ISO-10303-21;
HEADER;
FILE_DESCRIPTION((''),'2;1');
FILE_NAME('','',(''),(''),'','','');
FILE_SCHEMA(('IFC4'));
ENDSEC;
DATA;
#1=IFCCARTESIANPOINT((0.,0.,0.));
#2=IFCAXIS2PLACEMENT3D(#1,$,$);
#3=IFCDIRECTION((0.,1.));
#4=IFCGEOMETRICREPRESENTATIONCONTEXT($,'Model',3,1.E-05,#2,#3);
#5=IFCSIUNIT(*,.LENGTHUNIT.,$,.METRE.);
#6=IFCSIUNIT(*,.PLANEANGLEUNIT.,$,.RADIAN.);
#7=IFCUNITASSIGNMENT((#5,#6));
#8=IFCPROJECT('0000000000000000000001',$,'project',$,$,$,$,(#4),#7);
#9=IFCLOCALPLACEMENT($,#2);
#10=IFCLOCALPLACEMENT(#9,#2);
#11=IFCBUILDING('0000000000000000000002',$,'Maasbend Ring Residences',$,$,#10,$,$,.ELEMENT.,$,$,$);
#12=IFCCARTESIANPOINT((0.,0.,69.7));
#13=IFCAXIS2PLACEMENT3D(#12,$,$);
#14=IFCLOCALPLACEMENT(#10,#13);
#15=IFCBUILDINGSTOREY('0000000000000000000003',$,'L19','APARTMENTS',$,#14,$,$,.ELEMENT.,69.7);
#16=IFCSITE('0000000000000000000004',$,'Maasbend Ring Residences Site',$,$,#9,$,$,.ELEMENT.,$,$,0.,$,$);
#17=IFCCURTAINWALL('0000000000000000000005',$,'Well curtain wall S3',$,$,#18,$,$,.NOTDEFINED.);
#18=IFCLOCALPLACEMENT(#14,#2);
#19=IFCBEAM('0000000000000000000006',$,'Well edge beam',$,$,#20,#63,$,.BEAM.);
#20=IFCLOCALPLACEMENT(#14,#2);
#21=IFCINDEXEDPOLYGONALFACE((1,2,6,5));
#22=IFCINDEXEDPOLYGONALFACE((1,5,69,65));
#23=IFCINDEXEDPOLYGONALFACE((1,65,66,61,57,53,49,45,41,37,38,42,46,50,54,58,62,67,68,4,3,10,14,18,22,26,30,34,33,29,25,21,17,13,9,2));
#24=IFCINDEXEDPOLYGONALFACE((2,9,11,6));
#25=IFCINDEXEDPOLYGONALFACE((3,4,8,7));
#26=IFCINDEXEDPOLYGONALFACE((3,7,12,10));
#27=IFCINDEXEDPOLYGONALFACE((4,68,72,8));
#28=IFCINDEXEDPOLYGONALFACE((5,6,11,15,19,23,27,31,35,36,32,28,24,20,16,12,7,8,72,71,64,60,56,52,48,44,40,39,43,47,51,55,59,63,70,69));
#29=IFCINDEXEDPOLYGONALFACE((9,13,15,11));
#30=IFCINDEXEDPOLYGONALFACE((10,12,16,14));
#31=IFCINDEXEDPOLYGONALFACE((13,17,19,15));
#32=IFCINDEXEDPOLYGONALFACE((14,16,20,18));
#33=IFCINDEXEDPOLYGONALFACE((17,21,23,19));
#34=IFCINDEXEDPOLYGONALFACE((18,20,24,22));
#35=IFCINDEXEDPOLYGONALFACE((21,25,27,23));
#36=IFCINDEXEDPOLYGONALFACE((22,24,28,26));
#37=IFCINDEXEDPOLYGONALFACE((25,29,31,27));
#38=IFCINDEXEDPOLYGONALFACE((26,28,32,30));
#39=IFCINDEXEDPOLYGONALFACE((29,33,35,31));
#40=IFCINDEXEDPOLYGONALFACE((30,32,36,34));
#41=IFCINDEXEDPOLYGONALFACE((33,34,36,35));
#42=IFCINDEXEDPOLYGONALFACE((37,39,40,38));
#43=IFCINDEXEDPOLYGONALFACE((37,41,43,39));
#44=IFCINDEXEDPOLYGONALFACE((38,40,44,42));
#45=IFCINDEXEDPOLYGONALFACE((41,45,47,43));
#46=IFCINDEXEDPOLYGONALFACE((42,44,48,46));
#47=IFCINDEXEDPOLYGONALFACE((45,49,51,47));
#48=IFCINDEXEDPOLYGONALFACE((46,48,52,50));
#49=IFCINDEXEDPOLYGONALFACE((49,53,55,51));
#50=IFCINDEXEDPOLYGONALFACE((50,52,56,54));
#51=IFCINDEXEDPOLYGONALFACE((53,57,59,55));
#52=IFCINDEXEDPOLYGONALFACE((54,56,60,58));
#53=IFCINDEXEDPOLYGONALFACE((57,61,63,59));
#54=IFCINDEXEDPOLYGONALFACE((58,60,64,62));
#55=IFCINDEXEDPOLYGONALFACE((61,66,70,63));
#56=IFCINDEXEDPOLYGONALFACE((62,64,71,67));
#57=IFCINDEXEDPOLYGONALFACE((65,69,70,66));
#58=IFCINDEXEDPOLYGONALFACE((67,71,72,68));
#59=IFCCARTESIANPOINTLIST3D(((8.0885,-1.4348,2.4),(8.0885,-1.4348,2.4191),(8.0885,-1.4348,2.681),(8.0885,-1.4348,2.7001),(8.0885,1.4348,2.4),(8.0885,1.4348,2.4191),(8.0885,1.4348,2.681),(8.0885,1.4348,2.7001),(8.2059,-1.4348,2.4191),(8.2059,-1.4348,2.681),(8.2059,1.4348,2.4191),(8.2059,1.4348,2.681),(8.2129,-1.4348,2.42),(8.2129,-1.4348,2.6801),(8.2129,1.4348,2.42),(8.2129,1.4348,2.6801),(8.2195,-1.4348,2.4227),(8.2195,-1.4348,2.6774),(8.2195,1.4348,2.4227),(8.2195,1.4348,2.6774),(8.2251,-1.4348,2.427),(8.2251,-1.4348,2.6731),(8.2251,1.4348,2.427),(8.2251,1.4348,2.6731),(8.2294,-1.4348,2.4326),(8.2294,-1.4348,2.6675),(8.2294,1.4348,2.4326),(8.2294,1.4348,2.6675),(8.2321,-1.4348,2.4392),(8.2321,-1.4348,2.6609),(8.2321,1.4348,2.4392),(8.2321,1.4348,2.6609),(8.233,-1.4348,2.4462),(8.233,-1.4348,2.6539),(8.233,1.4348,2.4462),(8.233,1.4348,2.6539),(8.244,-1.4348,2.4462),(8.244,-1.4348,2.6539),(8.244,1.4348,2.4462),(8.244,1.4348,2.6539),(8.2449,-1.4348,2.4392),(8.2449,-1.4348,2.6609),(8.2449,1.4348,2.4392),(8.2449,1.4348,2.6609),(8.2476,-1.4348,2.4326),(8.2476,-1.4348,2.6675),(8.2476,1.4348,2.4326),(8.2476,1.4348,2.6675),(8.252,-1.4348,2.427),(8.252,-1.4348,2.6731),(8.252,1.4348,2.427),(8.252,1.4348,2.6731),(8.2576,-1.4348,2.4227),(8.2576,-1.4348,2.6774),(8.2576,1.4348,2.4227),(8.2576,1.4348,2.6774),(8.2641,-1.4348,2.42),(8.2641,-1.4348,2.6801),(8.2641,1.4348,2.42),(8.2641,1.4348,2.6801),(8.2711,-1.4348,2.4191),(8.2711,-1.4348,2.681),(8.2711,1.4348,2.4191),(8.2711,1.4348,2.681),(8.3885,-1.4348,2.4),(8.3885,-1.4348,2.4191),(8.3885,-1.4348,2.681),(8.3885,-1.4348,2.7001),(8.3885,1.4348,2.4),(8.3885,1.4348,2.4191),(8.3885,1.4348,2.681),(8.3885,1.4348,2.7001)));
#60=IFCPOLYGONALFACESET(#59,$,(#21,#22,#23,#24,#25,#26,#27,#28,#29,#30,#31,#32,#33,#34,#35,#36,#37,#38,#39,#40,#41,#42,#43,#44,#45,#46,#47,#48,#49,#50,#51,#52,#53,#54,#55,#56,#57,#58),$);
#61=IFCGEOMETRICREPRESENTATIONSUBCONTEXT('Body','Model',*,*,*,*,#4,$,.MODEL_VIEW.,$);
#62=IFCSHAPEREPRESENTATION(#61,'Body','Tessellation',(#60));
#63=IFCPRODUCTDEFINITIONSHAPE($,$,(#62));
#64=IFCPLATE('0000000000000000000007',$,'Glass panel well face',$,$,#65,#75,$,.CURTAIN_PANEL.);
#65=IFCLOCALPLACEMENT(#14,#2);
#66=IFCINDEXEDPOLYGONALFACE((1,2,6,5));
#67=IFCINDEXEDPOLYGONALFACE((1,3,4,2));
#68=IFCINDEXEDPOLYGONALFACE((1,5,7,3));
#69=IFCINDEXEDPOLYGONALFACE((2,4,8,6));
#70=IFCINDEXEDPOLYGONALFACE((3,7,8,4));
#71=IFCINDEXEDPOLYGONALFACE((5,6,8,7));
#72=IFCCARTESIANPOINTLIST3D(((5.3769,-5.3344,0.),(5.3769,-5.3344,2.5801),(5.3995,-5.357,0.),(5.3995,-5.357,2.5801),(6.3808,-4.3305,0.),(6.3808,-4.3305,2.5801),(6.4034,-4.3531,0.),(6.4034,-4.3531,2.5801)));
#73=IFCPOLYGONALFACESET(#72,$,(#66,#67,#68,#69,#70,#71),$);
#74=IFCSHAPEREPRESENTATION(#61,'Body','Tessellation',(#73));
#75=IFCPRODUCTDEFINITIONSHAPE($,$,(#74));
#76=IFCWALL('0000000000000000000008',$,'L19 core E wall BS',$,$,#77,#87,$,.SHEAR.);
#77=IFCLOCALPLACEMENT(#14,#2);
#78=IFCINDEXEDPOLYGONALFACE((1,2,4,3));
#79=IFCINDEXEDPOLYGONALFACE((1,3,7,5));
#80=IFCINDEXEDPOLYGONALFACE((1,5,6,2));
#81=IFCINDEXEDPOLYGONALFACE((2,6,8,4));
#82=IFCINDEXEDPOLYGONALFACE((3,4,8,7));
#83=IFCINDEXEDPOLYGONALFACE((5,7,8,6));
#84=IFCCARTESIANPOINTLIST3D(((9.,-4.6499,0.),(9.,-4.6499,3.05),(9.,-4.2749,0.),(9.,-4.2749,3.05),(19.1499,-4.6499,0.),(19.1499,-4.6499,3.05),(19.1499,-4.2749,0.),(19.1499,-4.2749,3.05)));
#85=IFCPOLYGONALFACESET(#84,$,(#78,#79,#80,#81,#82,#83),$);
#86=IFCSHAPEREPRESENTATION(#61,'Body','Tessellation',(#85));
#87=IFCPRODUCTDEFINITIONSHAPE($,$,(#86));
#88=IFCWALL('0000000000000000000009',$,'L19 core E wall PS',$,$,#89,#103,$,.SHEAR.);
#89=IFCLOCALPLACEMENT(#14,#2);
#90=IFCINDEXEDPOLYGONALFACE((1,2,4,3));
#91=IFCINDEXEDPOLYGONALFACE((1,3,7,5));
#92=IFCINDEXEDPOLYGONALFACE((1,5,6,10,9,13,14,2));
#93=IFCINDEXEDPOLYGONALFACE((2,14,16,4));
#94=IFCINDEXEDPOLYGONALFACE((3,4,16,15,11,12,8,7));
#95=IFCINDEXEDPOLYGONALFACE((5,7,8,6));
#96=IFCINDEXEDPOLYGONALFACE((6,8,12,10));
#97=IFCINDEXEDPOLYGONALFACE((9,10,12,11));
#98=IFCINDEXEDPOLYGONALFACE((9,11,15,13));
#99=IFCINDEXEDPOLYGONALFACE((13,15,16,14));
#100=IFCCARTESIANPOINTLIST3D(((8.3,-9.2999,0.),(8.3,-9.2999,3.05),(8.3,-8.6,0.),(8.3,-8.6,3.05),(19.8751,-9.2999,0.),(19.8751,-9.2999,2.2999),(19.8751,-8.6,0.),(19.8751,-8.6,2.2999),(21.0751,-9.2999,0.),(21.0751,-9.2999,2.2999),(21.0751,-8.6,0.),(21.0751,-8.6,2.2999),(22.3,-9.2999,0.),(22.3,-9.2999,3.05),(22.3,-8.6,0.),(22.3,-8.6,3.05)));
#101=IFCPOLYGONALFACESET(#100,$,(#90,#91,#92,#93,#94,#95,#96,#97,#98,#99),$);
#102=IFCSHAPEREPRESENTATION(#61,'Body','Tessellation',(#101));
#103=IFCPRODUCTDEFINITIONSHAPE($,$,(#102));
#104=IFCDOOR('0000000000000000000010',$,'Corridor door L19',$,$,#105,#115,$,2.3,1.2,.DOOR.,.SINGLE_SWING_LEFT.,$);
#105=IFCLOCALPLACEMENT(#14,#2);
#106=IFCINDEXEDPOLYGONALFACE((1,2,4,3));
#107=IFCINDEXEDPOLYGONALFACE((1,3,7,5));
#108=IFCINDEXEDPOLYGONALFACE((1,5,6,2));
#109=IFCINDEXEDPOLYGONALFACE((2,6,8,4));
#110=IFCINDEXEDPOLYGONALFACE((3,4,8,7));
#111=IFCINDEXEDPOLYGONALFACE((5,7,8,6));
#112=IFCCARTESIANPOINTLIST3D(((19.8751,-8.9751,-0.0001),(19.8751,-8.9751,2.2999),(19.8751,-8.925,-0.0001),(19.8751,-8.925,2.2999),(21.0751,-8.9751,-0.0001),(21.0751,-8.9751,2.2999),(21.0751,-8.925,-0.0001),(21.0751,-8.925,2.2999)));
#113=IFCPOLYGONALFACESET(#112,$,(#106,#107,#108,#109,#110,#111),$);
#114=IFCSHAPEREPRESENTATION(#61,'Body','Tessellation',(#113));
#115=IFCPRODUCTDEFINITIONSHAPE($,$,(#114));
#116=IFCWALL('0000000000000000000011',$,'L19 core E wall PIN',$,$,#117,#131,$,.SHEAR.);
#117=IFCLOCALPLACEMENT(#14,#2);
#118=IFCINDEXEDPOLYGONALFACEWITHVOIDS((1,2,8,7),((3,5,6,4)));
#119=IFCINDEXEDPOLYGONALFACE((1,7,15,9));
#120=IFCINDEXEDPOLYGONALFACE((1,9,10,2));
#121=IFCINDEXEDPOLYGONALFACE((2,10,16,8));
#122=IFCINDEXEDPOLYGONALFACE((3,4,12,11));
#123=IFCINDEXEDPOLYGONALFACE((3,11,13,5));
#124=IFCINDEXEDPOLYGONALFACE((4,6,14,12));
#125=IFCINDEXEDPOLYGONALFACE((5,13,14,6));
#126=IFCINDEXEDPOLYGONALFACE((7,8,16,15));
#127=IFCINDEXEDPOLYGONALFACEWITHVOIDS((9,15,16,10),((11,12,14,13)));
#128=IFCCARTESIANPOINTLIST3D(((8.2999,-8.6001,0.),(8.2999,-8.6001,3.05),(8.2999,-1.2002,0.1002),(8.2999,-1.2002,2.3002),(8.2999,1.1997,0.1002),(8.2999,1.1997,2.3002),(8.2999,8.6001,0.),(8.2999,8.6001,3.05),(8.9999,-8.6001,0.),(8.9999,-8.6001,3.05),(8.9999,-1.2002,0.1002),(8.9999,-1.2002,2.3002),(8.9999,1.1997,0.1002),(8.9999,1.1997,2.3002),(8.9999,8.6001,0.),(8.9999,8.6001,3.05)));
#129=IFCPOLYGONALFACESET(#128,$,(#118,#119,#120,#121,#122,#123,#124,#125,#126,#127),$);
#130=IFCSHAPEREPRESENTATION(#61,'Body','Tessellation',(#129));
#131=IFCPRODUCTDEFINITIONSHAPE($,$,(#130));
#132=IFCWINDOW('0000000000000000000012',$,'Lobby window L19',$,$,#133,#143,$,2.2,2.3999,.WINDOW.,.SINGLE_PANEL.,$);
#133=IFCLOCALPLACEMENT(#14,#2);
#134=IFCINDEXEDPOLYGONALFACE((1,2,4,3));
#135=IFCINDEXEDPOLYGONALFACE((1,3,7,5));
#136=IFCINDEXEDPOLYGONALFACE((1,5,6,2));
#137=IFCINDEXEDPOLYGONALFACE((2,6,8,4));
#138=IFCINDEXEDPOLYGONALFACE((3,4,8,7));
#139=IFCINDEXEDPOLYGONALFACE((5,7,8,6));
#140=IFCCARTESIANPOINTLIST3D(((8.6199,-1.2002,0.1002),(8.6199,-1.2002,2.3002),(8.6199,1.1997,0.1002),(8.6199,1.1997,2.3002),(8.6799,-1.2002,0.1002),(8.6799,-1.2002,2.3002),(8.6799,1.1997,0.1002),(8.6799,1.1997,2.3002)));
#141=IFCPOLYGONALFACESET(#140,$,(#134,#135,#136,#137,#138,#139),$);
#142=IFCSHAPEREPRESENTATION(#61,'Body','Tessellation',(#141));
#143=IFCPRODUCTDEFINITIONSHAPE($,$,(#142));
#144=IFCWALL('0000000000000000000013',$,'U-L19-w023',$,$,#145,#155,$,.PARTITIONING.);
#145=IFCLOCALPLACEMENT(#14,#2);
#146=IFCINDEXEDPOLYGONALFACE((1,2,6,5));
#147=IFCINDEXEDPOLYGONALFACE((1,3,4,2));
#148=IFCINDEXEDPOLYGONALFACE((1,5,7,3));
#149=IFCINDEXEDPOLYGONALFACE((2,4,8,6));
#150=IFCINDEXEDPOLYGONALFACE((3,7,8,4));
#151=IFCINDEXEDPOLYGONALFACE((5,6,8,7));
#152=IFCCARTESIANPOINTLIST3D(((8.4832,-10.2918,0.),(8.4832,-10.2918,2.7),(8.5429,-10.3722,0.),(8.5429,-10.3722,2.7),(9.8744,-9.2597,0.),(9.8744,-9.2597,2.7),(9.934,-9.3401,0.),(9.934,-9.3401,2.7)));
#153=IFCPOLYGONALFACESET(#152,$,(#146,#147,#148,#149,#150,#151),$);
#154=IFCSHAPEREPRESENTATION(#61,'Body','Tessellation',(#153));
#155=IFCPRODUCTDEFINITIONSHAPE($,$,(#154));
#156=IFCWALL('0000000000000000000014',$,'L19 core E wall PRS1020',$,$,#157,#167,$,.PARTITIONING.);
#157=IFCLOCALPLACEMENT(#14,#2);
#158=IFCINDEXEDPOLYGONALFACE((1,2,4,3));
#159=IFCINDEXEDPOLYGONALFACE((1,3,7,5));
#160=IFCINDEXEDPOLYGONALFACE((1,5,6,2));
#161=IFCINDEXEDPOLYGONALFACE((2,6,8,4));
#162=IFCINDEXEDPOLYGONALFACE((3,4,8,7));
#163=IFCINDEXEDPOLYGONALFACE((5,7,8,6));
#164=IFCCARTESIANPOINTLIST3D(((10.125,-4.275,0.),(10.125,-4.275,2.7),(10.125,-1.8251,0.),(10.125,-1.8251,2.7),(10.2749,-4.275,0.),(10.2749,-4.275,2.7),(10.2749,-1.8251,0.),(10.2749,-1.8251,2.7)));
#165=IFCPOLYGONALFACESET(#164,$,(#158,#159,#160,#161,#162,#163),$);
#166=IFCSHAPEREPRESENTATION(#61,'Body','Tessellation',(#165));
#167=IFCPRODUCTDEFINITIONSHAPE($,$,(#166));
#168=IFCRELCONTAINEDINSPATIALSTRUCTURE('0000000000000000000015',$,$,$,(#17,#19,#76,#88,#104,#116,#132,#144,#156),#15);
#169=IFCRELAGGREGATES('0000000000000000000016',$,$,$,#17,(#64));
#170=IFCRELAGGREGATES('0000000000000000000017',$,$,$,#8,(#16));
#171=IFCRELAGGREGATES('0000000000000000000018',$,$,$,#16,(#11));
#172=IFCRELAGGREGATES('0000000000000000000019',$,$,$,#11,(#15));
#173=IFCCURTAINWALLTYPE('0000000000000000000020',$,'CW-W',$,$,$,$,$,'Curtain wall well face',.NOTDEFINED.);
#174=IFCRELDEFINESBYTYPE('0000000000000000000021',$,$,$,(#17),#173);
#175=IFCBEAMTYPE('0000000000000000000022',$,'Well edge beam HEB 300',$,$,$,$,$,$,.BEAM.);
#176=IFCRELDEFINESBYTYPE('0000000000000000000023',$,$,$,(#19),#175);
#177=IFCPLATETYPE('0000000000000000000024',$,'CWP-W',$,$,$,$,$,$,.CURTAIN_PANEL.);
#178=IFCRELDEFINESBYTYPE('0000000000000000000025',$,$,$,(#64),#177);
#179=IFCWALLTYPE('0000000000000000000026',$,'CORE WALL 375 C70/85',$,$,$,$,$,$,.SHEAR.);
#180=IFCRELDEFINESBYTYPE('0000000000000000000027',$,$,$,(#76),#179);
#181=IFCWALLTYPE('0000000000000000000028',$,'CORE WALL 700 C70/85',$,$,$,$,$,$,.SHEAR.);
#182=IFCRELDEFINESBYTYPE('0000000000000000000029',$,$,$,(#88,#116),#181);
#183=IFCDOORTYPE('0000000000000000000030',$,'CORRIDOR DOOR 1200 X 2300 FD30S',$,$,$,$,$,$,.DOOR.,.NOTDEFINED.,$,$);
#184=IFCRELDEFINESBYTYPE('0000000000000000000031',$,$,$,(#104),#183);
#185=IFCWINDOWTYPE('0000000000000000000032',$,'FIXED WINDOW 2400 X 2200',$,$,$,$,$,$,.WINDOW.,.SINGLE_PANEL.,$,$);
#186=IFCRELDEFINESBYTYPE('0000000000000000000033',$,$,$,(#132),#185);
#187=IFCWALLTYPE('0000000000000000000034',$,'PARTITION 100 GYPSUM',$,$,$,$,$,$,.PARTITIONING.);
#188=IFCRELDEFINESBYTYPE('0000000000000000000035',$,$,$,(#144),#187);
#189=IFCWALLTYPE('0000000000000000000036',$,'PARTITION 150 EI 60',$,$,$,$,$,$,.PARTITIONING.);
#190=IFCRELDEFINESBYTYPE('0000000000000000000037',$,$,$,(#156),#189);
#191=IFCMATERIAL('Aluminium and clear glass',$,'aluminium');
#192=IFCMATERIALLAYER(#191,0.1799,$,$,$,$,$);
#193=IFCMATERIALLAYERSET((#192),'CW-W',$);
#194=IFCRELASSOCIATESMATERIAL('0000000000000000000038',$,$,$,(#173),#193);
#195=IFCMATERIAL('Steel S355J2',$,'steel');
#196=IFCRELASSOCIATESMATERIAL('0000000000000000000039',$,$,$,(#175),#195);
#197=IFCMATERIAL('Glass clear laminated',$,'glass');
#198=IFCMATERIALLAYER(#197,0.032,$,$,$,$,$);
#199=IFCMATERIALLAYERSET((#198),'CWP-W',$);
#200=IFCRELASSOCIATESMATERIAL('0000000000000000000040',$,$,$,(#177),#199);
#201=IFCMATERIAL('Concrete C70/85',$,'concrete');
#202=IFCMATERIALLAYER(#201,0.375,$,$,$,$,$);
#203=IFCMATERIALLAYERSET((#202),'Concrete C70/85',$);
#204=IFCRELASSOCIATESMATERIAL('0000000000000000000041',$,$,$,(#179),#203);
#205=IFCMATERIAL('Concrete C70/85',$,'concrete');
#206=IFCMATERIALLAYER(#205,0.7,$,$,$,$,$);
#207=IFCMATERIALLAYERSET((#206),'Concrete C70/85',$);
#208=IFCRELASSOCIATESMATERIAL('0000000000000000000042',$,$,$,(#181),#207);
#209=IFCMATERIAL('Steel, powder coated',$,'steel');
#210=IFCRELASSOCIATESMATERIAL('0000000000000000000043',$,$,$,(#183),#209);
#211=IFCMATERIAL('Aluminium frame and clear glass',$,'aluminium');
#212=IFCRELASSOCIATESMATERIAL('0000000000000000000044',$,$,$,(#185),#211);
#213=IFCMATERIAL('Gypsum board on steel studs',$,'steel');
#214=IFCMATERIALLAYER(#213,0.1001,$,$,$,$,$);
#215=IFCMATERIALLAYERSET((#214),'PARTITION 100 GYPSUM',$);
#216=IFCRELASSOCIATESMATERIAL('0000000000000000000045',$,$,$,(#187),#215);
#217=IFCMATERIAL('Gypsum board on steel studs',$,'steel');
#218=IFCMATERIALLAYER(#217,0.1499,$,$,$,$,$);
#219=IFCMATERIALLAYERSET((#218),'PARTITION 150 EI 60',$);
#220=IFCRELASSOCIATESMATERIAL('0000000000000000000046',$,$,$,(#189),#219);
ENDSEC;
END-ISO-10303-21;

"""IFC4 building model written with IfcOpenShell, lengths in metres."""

from ifc_helpers import new_model, si_unit, direction, frame, frame_2d, origin, origin_2d, place, context, subcontext, project, spatial, rectangle, i_section, extrude, material, layer, layer_set, material_profile, profile_set, type_object, element, fill, aggregate, save


model = new_model("IFC4")

# Units and contexts
model_context = context("Model", 3, precision=1e-05, world=origin(), true_north=direction((0.0, 1.0)))
body_context = subcontext(model_context, "Body", "Model", "MODEL_VIEW")
ifc_project = project(units=[si_unit("LENGTHUNIT", "METRE"), si_unit("PLANEANGLEUNIT", "RADIAN")], contexts=[model_context])

# Site, building, storey
site_placement = place(None, origin())
site = spatial("IfcSite", under=ifc_project, at=site_placement, Name="Maasbend Ring Residences Site", CompositionType="ELEMENT", RefElevation=0.0)
building_placement = place(site_placement, origin())
building = spatial("IfcBuilding", under=site, at=building_placement, Name="Maasbend Ring Residences", CompositionType="ELEMENT")
storey_placement = place(building_placement, frame((0.0, 0.0, 69.7)))
storey = spatial("IfcBuildingStorey", under=building, at=storey_placement, Name="L19", Description="APARTMENTS", CompositionType="ELEMENT", Elevation=69.7)

# Curtain wall
ifc_material_1 = material(Name="Aluminium and clear glass", Category="aluminium")
ifc_layer_1 = layer(ifc_material_1, 0.1799)
ifc_layer_set_1 = layer_set([ifc_layer_1], Name="CW-W")
curtain_wall_type = type_object("IfcCurtainWallType", Name="CW-W", ElementType="Curtain wall well face", PredefinedType="NOTDEFINED", material=ifc_layer_set_1)
curtain_wall_placement = place(storey_placement, origin())
curtain_wall = element("IfcCurtainWall", 1, at=curtain_wall_placement, inside=storey, type_object=curtain_wall_type, Name="Well curtain wall S3", PredefinedType="NOTDEFINED")

# Beam
ifc_material_2 = material(Name="Steel S355J2", Category="steel")
ifc_material_profile_1 = material_profile(ifc_material_2, i_section(OverallWidth=0.3, OverallDepth=0.3, WebThickness=0.011, FlangeThickness=0.019, FilletRadius=0.0271, at=origin_2d()), Name="HEB 300")
ifc_profile_set_1 = profile_set([ifc_material_profile_1], Name="Steel S355J2")
beam_type = type_object("IfcBeamType", Name="Well edge beam HEB 300", PredefinedType="BEAM", material=ifc_profile_set_1)
beam_1_placement = place(storey_placement, frame((8.2385, -1.4348, 2.55), z_axis=(0.0, 1.0, 0.0), x_axis=(-1.0, 0.0, 0.0)))
element("IfcBeam", 2, at=beam_1_placement, inside=storey, type_object=beam_type, Name="Well edge beam", PredefinedType="BEAM", context=body_context, shape_type="SweptSolid", body=[
    extrude(i_section(OverallWidth=0.3, OverallDepth=0.3, WebThickness=0.011, FlangeThickness=0.019, FilletRadius=0.0271, at=origin_2d()), origin(), (0.0, 0.0, 1.0), 2.8696),
])

# Plate
ifc_material_3 = material(Name="Glass clear laminated", Category="glass")
ifc_layer_2 = layer(ifc_material_3, 0.032)
ifc_layer_set_2 = layer_set([ifc_layer_2], Name="CWP-W")
plate_type = type_object("IfcPlateType", Name="CWP-W", PredefinedType="CURTAIN_PANEL", material=ifc_layer_set_2)
plate_placement = place(storey_placement, frame((5.8901, -4.8438, 0.0), z_axis=(0.0, 0.0, 1.0), x_axis=(0.707107, 0.707107, 0.0)))
plate = element("IfcPlate", 3, at=plate_placement, type_object=plate_type, Name="Glass panel well face", PredefinedType="CURTAIN_PANEL", context=body_context, shape_type="SweptSolid", body=[
    extrude(rectangle(XDim=1.4197, YDim=0.032, at=origin_2d()), origin(), (0.0, 0.0, 1.0), 2.5801),
])
aggregate(curtain_wall, [plate])

# Wall
ifc_material_4 = material(Name="Concrete C70/85", Category="concrete")
ifc_layer_3 = layer(ifc_material_4, 0.375)
ifc_layer_set_3 = layer_set([ifc_layer_3], Name="Concrete C70/85")
wall_type_1 = type_object("IfcWallType", Name="CORE WALL 375 C70/85", PredefinedType="SHEAR", material=ifc_layer_set_3)
wall_1_placement = place(storey_placement, frame((9.0, -4.4624, 0.0), z_axis=(0.0, 0.0, 1.0), x_axis=(1.0, 0.0, 0.0)))
element("IfcWall", 4, at=wall_1_placement, inside=storey, type_object=wall_type_1, Name="L19 core E wall BS", PredefinedType="SHEAR", context=body_context, shape_type="SweptSolid", body=[
    extrude(rectangle(XDim=10.1499, YDim=0.375, at=frame_2d((5.075, 0.0))), origin(), (0.0, 0.0, 1.0), 3.05),
])

# Wall, opening, door
ifc_material_5 = material(Name="Concrete C70/85", Category="concrete")
ifc_layer_4 = layer(ifc_material_5, 0.7)
ifc_layer_set_4 = layer_set([ifc_layer_4], Name="Concrete C70/85")
wall_type_2 = type_object("IfcWallType", Name="CORE WALL 700 C70/85", PredefinedType="SHEAR", material=ifc_layer_set_4)
wall_2_placement = place(storey_placement, frame((8.3, -8.95, 0.0), z_axis=(0.0, 0.0, 1.0), x_axis=(1.0, 0.0, 0.0)))
wall_2 = element("IfcWall", 5, at=wall_2_placement, inside=storey, type_object=wall_type_2, Name="L19 core E wall PS", PredefinedType="SHEAR", context=body_context, shape_type="SweptSolid", body=[
    extrude(rectangle(XDim=14.0, YDim=0.7, at=frame_2d((7.0, 0.0))), origin(), (0.0, 0.0, 1.0), 3.05),
])
opening_1_placement = place(wall_2_placement, frame((11.575, 0.0, 0.0)))
opening_1 = element("IfcOpeningElement", 6, at=opening_1_placement, cuts=wall_2, PredefinedType="OPENING", context=body_context, shape_type="SweptSolid", body=[
    extrude(rectangle(XDim=1.2, YDim=2.3, at=frame_2d((0.6001, 1.1499))), frame((0.0, 0.3599, 0.0), z_axis=(0.0, -1.0, 0.0), x_axis=(1.0, 0.0, 0.0)), (0.0, 0.0, 1.0), 0.72),
])
ifc_material_6 = material(Name="Steel, powder coated", Category="steel")
door_type = type_object("IfcDoorType", Name="CORRIDOR DOOR 1200 X 2300 FD30S", OperationType="NOTDEFINED", PredefinedType="DOOR", material=ifc_material_6)
door_placement = place(opening_1_placement, origin())
door = element("IfcDoor", 7, at=door_placement, inside=storey, type_object=door_type, Name="Corridor door L19", OperationType="SINGLE_SWING_LEFT", OverallHeight=2.3, OverallWidth=1.2, PredefinedType="DOOR", context=body_context, shape_type="SweptSolid", body=[
    extrude(rectangle(XDim=1.2, YDim=2.3, at=frame_2d((0.6001, 1.1499))), frame((0.0, 0.0249, 0.0), z_axis=(0.0, -1.0, 0.0), x_axis=(1.0, 0.0, 0.0)), (0.0, 0.0, 1.0), 0.05),
])
fill(opening_1, door)

# Wall, opening, window
wall_3_placement = place(storey_placement, frame((8.6499, -8.6001, 0.0), z_axis=(0.0, 0.0, 1.0), x_axis=(0.0, 1.0, 0.0)))
wall_3 = element("IfcWall", 8, at=wall_3_placement, inside=storey, type_object=wall_type_2, Name="L19 core E wall PIN", PredefinedType="SHEAR", context=body_context, shape_type="SweptSolid", body=[
    extrude(rectangle(XDim=17.2002, YDim=0.7, at=frame_2d((8.6001, 0.0))), origin(), (0.0, 0.0, 1.0), 3.05),
])
opening_2_placement = place(wall_3_placement, frame((7.3999, 0.0, 0.1001)))
opening_2 = element("IfcOpeningElement", 9, at=opening_2_placement, cuts=wall_3, PredefinedType="OPENING", context=body_context, shape_type="SweptSolid", body=[
    extrude(rectangle(XDim=2.3999, YDim=2.2, at=frame_2d((1.2, 1.1001))), frame((0.0, 0.3599, 0.0), z_axis=(0.0, -1.0, 0.0), x_axis=(1.0, 0.0, 0.0)), (0.0, 0.0, 1.0), 0.72),
])
ifc_material_7 = material(Name="Aluminium frame and clear glass", Category="aluminium")
window_type = type_object("IfcWindowType", Name="FIXED WINDOW 2400 X 2200", PartitioningType="SINGLE_PANEL", PredefinedType="WINDOW", material=ifc_material_7)
window_placement = place(opening_2_placement, origin())
window = element("IfcWindow", 10, at=window_placement, inside=storey, type_object=window_type, Name="Lobby window L19", OverallHeight=2.2, OverallWidth=2.3999, PartitioningType="SINGLE_PANEL", PredefinedType="WINDOW", context=body_context, shape_type="SweptSolid", body=[
    extrude(rectangle(XDim=2.3999, YDim=2.2, at=frame_2d((1.2, 1.1001))), frame((0.0, 0.03, 0.0), z_axis=(0.0, -1.0, 0.0), x_axis=(1.0, 0.0, 0.0)), (0.0, 0.0, 1.0), 0.0601),
])
fill(opening_2, window)

# Walls
ifc_material_8 = material(Name="Gypsum board on steel studs", Category="steel")
ifc_layer_5 = layer(ifc_material_8, 0.1001)
ifc_layer_set_5 = layer_set([ifc_layer_5], Name="PARTITION 100 GYPSUM")
wall_type_3 = type_object("IfcWallType", Name="PARTITION 100 GYPSUM", PredefinedType="PARTITIONING", material=ifc_layer_set_5)
wall_4_placement = place(storey_placement, frame((8.5129, -10.332, 0.0), z_axis=(0.0, 0.0, 1.0), x_axis=(0.803135, 0.595797, 0.0)))
element("IfcWall", 11, at=wall_4_placement, inside=storey, type_object=wall_type_3, Name="U-L19-w023", PredefinedType="PARTITIONING", context=body_context, shape_type="SweptSolid", body=[
    extrude(rectangle(XDim=1.7322, YDim=0.1001, at=frame_2d((0.8662, 0.0))), origin(), (0.0, 0.0, 1.0), 2.7),
])
ifc_material_9 = material(Name="Gypsum board on steel studs", Category="steel")
ifc_layer_6 = layer(ifc_material_9, 0.1499)
ifc_layer_set_6 = layer_set([ifc_layer_6], Name="PARTITION 150 EI 60")
wall_type_4 = type_object("IfcWallType", Name="PARTITION 150 EI 60", PredefinedType="PARTITIONING", material=ifc_layer_set_6)
wall_5_placement = place(storey_placement, frame((10.2, -1.825, 0.0), z_axis=(0.0, 0.0, 1.0), x_axis=(0.0, -1.0, 0.0)))
element("IfcWall", 12, at=wall_5_placement, inside=storey, type_object=wall_type_4, Name="L19 core E wall PRS1020", PredefinedType="PARTITIONING", context=body_context, shape_type="SweptSolid", body=[
    extrude(rectangle(XDim=2.45, YDim=0.1499, at=frame_2d((1.2251, 0.0))), origin(), (0.0, 0.0, 1.0), 2.7),
])

save(model, "model.ifc")
